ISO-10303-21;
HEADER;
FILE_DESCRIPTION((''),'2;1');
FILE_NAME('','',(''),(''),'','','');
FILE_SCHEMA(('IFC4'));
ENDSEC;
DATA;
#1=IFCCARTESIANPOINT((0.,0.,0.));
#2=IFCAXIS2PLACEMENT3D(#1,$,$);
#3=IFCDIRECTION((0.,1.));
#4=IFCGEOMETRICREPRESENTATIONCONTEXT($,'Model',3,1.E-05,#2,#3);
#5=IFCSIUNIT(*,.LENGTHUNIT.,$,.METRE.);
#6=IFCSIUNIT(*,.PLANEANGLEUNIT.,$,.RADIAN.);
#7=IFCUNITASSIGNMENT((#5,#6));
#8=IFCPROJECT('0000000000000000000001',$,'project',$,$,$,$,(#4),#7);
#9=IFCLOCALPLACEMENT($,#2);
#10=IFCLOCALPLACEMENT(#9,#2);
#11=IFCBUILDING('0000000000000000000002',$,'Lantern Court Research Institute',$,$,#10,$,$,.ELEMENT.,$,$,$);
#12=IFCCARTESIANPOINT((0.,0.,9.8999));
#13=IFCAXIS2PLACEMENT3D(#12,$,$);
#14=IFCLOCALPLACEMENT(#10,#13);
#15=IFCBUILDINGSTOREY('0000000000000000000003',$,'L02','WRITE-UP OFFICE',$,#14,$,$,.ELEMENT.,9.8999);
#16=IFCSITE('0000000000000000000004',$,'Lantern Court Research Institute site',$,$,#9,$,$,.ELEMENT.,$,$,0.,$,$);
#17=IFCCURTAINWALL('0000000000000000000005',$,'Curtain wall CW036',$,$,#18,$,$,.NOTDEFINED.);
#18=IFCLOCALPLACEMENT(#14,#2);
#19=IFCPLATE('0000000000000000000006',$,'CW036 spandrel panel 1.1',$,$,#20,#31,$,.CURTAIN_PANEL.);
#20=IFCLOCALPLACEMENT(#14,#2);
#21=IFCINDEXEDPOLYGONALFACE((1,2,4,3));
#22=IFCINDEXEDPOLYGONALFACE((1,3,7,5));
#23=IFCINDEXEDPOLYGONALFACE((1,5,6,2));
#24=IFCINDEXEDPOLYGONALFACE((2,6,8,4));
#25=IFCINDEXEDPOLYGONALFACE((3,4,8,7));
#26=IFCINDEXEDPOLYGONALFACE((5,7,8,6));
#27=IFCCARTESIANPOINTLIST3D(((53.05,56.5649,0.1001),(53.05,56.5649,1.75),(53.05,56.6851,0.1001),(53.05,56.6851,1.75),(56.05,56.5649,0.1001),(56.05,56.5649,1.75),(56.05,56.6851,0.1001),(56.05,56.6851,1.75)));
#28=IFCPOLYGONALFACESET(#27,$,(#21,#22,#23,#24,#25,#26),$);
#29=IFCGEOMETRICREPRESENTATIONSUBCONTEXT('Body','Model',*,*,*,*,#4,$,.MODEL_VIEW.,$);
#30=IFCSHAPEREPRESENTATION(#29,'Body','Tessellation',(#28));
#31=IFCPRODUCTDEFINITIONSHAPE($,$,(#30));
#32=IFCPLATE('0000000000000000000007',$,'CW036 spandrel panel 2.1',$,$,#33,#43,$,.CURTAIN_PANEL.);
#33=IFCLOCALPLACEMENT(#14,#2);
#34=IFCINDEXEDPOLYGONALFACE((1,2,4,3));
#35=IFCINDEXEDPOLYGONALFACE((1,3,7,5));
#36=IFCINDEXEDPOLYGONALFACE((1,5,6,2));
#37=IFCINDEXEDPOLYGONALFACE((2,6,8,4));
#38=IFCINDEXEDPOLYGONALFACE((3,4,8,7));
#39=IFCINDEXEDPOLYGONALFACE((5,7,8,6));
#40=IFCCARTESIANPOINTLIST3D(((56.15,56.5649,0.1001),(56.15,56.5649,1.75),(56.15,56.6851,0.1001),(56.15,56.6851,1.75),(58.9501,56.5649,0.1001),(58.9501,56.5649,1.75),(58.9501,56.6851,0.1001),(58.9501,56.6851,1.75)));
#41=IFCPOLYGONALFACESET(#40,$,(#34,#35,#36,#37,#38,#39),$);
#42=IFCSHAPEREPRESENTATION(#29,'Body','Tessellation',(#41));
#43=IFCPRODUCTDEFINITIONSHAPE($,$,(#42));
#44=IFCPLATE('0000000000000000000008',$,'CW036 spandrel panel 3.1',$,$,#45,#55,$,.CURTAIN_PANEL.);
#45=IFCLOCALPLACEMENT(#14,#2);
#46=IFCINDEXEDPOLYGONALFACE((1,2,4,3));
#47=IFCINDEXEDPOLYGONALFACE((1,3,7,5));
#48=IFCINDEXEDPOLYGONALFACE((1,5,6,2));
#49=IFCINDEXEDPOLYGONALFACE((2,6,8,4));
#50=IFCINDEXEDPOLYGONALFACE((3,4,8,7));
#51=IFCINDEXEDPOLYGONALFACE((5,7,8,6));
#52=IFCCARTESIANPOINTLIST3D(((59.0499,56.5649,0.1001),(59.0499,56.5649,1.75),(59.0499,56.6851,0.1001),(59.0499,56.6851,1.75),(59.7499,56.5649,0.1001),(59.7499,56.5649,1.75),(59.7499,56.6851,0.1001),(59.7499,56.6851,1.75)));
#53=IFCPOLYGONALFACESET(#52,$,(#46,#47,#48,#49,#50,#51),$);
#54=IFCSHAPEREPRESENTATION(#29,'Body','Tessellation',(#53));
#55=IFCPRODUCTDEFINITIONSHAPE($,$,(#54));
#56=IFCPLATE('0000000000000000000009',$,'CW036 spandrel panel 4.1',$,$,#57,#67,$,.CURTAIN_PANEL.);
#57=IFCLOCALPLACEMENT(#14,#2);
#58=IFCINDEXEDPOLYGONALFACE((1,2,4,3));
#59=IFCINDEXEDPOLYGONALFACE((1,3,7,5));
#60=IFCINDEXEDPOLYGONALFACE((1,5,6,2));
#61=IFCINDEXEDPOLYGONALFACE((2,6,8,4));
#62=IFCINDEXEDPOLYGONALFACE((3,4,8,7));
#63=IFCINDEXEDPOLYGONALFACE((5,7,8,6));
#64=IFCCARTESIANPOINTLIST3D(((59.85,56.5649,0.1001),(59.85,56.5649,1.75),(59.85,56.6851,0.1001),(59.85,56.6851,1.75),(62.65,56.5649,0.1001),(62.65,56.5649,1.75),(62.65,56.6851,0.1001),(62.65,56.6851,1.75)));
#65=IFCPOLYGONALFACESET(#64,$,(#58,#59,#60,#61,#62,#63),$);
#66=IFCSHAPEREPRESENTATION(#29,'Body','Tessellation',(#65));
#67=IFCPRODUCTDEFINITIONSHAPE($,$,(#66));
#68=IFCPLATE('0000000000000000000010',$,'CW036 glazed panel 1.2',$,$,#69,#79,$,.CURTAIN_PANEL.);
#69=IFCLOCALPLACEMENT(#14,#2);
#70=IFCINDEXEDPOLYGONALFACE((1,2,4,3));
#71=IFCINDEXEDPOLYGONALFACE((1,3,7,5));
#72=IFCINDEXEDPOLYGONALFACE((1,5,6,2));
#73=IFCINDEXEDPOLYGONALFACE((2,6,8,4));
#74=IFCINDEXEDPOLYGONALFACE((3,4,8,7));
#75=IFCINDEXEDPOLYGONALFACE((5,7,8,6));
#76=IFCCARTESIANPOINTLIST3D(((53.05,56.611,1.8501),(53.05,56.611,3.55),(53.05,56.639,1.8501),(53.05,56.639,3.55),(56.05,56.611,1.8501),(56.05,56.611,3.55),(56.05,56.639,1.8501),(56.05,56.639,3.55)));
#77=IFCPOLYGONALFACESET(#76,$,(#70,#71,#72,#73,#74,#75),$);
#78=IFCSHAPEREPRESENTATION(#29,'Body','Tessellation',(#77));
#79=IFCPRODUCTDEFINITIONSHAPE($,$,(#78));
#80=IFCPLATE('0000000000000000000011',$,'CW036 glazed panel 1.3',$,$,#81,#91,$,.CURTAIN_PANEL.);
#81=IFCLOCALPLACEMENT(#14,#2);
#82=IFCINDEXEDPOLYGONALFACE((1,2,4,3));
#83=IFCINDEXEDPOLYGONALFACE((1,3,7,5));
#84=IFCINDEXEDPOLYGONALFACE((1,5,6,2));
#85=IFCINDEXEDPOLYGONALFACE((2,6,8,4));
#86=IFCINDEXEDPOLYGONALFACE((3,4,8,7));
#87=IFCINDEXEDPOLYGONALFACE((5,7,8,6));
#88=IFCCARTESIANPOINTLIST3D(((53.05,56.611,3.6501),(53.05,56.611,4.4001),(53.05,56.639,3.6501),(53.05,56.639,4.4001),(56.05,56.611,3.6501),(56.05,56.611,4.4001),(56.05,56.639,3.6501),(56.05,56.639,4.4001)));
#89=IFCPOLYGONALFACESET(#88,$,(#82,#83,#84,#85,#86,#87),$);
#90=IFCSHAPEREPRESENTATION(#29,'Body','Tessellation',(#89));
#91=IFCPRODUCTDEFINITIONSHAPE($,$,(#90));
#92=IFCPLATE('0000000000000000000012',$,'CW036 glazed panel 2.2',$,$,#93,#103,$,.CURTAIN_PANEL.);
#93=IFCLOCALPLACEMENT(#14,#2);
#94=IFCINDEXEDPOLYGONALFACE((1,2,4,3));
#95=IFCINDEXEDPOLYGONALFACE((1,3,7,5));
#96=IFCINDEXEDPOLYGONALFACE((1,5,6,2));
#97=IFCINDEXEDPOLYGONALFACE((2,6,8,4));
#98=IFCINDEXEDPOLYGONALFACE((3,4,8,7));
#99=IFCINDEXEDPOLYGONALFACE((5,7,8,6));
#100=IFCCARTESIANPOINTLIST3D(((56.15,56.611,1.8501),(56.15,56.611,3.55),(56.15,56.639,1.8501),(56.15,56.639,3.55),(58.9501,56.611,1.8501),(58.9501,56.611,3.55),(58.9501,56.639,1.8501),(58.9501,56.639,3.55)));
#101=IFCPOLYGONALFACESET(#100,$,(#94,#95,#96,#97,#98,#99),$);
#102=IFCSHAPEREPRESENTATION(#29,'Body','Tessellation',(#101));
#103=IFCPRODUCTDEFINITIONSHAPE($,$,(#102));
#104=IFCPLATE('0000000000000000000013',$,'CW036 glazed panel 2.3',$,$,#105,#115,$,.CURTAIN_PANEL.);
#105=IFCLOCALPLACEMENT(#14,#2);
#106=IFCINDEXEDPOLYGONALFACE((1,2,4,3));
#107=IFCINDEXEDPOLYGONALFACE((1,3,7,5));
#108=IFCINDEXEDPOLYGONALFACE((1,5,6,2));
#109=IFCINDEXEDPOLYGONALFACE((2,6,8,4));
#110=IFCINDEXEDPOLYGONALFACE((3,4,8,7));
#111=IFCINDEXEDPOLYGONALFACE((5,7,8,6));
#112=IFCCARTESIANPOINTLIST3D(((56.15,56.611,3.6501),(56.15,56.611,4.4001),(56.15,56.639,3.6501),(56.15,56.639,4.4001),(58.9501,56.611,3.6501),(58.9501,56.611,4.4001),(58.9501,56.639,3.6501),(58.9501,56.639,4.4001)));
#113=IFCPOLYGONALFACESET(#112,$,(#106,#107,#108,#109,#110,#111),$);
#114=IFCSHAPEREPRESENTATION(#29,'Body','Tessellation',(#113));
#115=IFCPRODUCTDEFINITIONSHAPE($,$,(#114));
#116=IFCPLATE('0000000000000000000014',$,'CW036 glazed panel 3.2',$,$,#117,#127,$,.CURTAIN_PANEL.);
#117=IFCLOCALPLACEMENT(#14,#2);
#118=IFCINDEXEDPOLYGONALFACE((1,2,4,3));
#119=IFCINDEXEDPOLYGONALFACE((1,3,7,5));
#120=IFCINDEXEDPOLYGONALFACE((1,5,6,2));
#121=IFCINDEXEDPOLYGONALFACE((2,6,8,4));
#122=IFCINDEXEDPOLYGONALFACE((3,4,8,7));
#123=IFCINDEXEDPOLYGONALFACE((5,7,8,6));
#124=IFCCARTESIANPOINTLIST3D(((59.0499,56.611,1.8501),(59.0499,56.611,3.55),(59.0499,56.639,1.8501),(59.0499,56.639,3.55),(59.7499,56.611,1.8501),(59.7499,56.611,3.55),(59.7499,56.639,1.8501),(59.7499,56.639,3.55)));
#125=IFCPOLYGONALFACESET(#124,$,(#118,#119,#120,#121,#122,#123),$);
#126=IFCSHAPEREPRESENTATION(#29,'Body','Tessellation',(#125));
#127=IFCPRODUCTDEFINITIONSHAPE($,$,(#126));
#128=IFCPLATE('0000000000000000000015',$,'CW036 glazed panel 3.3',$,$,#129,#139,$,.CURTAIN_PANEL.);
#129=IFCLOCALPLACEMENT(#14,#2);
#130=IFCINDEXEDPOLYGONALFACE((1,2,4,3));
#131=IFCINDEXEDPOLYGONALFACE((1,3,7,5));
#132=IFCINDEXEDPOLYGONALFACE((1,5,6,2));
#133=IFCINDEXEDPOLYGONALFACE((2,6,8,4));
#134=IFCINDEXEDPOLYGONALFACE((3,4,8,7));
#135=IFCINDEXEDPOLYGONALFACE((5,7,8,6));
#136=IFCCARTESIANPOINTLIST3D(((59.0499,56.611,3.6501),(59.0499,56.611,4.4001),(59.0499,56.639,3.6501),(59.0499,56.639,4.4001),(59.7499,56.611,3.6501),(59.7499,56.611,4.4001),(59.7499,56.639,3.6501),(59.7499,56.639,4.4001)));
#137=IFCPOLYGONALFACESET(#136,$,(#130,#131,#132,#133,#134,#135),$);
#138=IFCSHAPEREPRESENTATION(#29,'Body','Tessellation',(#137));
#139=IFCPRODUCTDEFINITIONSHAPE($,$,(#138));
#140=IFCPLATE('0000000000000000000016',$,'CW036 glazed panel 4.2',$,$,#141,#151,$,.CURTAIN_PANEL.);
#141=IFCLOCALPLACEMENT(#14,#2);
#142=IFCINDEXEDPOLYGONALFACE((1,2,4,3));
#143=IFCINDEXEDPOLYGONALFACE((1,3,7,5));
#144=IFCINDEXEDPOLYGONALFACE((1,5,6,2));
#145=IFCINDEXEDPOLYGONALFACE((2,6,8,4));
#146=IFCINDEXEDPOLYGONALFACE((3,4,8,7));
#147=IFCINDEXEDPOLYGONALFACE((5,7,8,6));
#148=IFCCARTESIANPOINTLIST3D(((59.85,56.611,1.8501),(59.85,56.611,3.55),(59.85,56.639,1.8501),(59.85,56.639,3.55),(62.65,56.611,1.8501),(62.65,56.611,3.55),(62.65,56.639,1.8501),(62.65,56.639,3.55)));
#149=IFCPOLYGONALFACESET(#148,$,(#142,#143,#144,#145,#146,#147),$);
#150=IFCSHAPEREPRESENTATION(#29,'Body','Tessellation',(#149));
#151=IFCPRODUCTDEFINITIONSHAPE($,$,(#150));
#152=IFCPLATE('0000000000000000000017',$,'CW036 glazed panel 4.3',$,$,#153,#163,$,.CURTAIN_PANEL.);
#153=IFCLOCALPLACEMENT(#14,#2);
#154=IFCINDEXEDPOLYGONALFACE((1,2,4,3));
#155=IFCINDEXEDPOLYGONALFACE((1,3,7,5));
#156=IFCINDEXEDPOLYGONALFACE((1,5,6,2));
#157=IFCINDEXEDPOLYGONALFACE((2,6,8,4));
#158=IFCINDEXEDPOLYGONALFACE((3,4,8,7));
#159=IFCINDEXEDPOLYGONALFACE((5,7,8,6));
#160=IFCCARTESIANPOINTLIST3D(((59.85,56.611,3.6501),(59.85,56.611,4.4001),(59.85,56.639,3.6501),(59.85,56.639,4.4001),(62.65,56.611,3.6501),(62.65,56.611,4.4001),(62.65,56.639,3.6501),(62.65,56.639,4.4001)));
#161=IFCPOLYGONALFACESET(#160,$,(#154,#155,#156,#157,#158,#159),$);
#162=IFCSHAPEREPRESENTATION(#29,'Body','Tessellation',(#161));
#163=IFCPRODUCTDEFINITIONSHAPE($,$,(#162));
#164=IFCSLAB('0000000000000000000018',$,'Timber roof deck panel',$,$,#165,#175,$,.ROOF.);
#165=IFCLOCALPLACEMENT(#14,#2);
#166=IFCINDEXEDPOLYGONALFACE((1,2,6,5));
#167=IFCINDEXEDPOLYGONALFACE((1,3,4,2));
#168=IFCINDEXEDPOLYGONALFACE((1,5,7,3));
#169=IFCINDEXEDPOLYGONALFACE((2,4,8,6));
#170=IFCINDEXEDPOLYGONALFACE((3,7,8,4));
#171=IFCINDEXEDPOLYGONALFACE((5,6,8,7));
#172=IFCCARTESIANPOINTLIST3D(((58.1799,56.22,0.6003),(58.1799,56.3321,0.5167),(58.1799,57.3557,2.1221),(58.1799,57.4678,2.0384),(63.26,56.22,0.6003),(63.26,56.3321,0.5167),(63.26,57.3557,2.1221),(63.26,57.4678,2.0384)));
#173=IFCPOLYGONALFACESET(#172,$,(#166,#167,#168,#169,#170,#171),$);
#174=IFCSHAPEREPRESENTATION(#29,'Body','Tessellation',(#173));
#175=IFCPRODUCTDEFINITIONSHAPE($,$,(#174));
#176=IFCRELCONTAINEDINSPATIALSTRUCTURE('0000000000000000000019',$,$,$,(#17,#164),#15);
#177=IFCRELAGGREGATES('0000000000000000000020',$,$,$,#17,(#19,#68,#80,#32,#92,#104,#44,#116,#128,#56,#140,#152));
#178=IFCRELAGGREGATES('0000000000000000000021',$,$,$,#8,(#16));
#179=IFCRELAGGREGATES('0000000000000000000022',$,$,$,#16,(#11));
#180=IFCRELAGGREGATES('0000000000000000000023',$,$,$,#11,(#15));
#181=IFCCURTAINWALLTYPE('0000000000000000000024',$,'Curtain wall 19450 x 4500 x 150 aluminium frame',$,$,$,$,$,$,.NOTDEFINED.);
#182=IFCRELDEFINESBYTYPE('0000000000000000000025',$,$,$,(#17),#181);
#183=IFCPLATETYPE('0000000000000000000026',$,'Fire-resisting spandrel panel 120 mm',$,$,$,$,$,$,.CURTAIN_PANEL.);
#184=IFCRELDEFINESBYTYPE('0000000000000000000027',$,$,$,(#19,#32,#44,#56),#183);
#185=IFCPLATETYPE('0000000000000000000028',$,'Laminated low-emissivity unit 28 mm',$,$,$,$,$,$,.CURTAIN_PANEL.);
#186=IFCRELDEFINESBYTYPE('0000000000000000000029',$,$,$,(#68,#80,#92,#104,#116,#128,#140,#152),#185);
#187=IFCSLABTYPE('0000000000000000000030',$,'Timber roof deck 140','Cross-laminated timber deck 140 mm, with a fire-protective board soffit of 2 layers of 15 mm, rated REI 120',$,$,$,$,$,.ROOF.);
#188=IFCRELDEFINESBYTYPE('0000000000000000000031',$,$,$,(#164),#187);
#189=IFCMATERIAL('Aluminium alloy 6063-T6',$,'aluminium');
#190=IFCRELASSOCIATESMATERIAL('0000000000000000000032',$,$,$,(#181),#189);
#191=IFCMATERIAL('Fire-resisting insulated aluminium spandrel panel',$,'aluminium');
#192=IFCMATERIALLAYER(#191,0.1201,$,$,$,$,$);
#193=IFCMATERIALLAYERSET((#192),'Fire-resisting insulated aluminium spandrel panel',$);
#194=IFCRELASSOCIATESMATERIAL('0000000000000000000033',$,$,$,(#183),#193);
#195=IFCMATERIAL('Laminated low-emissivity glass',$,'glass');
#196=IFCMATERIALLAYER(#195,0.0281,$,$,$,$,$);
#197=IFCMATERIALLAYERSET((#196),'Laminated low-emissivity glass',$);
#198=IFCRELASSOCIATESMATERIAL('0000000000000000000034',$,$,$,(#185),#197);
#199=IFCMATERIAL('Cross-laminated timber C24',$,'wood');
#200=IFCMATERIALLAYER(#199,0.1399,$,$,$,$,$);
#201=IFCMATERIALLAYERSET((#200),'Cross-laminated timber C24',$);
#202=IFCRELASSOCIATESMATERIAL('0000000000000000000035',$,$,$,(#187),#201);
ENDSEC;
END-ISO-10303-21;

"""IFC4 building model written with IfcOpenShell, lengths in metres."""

from ifc_helpers import new_model, si_unit, direction, frame, origin, origin_2d, place, context, subcontext, project, spatial, polyline, rectangle, outline, extrude, material, layer, layer_set, type_object, element, aggregate, save


model = new_model("IFC4")

# Units and contexts
model_context = context("Model", 3, precision=1e-05, world=origin(), true_north=direction((0.0, 1.0)))
body_context = subcontext(model_context, "Body", "Model", "MODEL_VIEW")
ifc_project = project(units=[si_unit("LENGTHUNIT", "METRE"), si_unit("PLANEANGLEUNIT", "RADIAN")], contexts=[model_context])

# Site, building, storey
site_placement = place(None, origin())
site = spatial("IfcSite", under=ifc_project, at=site_placement, Name="Lantern Court Research Institute site", CompositionType="ELEMENT", RefElevation=0.0)
building_placement = place(site_placement, origin())
building = spatial("IfcBuilding", under=site, at=building_placement, Name="Lantern Court Research Institute", CompositionType="ELEMENT")
storey_placement = place(building_placement, frame((0.0, 0.0, 9.8999)))
storey = spatial("IfcBuildingStorey", under=building, at=storey_placement, Name="L02", Description="WRITE-UP OFFICE", CompositionType="ELEMENT", Elevation=9.8999)

# Curtain wall, plates
ifc_material_1 = material(Name="Aluminium alloy 6063-T6", Category="aluminium")
curtain_wall_type = type_object("IfcCurtainWallType", Name="Curtain wall 19450 x 4500 x 150 aluminium frame", PredefinedType="NOTDEFINED", material=ifc_material_1)
curtain_wall_placement = place(storey_placement, origin())
curtain_wall = element("IfcCurtainWall", 1, at=curtain_wall_placement, inside=storey, type_object=curtain_wall_type, Name="Curtain wall CW036", PredefinedType="NOTDEFINED")
ifc_material_2 = material(Name="Fire-resisting insulated aluminium spandrel panel", Category="aluminium")
ifc_layer_1 = layer(ifc_material_2, 0.1201)
ifc_layer_set_1 = layer_set([ifc_layer_1], Name="Fire-resisting insulated aluminium spandrel panel")
plate_type_1 = type_object("IfcPlateType", Name="Fire-resisting spandrel panel 120 mm", PredefinedType="CURTAIN_PANEL", material=ifc_layer_set_1)
plate_1_placement = place(storey_placement, frame((54.55, 56.625, 0.1001), z_axis=(0.0, 0.0, 1.0), x_axis=(1.0, 0.0, 0.0)))
plate_1 = element("IfcPlate", 2, at=plate_1_placement, type_object=plate_type_1, Name="CW036 spandrel panel 1.1", PredefinedType="CURTAIN_PANEL", context=body_context, shape_type="SweptSolid", body=[
    extrude(rectangle(XDim=3.0, YDim=0.1201, at=origin_2d()), origin(), (0.0, 0.0, 1.0), 1.6499),
])
plate_2_placement = place(storey_placement, frame((57.55, 56.625, 0.1001), z_axis=(0.0, 0.0, 1.0), x_axis=(1.0, 0.0, 0.0)))
plate_2 = element("IfcPlate", 3, at=plate_2_placement, type_object=plate_type_1, Name="CW036 spandrel panel 2.1", PredefinedType="CURTAIN_PANEL", context=body_context, shape_type="SweptSolid", body=[
    extrude(rectangle(XDim=2.8, YDim=0.1201, at=origin_2d()), origin(), (0.0, 0.0, 1.0), 1.6499),
])
plate_3_placement = place(storey_placement, frame((59.3999, 56.625, 0.1001), z_axis=(0.0, 0.0, 1.0), x_axis=(1.0, 0.0, 0.0)))
plate_3 = element("IfcPlate", 4, at=plate_3_placement, type_object=plate_type_1, Name="CW036 spandrel panel 3.1", PredefinedType="CURTAIN_PANEL", context=body_context, shape_type="SweptSolid", body=[
    extrude(rectangle(XDim=0.7, YDim=0.1201, at=origin_2d()), origin(), (0.0, 0.0, 1.0), 1.6499),
])
plate_4_placement = place(storey_placement, frame((61.25, 56.625, 0.1001), z_axis=(0.0, 0.0, 1.0), x_axis=(1.0, 0.0, 0.0)))
plate_4 = element("IfcPlate", 5, at=plate_4_placement, type_object=plate_type_1, Name="CW036 spandrel panel 4.1", PredefinedType="CURTAIN_PANEL", context=body_context, shape_type="SweptSolid", body=[
    extrude(rectangle(XDim=2.8, YDim=0.1201, at=origin_2d()), origin(), (0.0, 0.0, 1.0), 1.6499),
])
ifc_material_3 = material(Name="Laminated low-emissivity glass", Category="glass")
ifc_layer_2 = layer(ifc_material_3, 0.0281)
ifc_layer_set_2 = layer_set([ifc_layer_2], Name="Laminated low-emissivity glass")
plate_type_2 = type_object("IfcPlateType", Name="Laminated low-emissivity unit 28 mm", PredefinedType="CURTAIN_PANEL", material=ifc_layer_set_2)
plate_5_placement = place(storey_placement, frame((54.55, 56.625, 1.8501), z_axis=(0.0, 0.0, 1.0), x_axis=(1.0, 0.0, 0.0)))
plate_5 = element("IfcPlate", 6, at=plate_5_placement, type_object=plate_type_2, Name="CW036 glazed panel 1.2", PredefinedType="CURTAIN_PANEL", context=body_context, shape_type="SweptSolid", body=[
    extrude(rectangle(XDim=3.0, YDim=0.0281, at=origin_2d()), origin(), (0.0, 0.0, 1.0), 1.7),
])
plate_6_placement = place(storey_placement, frame((54.55, 56.625, 3.6501), z_axis=(0.0, 0.0, 1.0), x_axis=(1.0, 0.0, 0.0)))
plate_6 = element("IfcPlate", 7, at=plate_6_placement, type_object=plate_type_2, Name="CW036 glazed panel 1.3", PredefinedType="CURTAIN_PANEL", context=body_context, shape_type="SweptSolid", body=[
    extrude(rectangle(XDim=3.0, YDim=0.0281, at=origin_2d()), origin(), (0.0, 0.0, 1.0), 0.75),
])
plate_7_placement = place(storey_placement, frame((57.55, 56.625, 1.8501), z_axis=(0.0, 0.0, 1.0), x_axis=(1.0, 0.0, 0.0)))
plate_7 = element("IfcPlate", 8, at=plate_7_placement, type_object=plate_type_2, Name="CW036 glazed panel 2.2", PredefinedType="CURTAIN_PANEL", context=body_context, shape_type="SweptSolid", body=[
    extrude(rectangle(XDim=2.8, YDim=0.0281, at=origin_2d()), origin(), (0.0, 0.0, 1.0), 1.7),
])
plate_8_placement = place(storey_placement, frame((57.55, 56.625, 3.6501), z_axis=(0.0, 0.0, 1.0), x_axis=(1.0, 0.0, 0.0)))
plate_8 = element("IfcPlate", 9, at=plate_8_placement, type_object=plate_type_2, Name="CW036 glazed panel 2.3", PredefinedType="CURTAIN_PANEL", context=body_context, shape_type="SweptSolid", body=[
    extrude(rectangle(XDim=2.8, YDim=0.0281, at=origin_2d()), origin(), (0.0, 0.0, 1.0), 0.75),
])
plate_9_placement = place(storey_placement, frame((59.3999, 56.625, 1.8501), z_axis=(0.0, 0.0, 1.0), x_axis=(1.0, 0.0, 0.0)))
plate_9 = element("IfcPlate", 10, at=plate_9_placement, type_object=plate_type_2, Name="CW036 glazed panel 3.2", PredefinedType="CURTAIN_PANEL", context=body_context, shape_type="SweptSolid", body=[
    extrude(rectangle(XDim=0.7, YDim=0.0281, at=origin_2d()), origin(), (0.0, 0.0, 1.0), 1.7),
])
plate_10_placement = place(storey_placement, frame((59.3999, 56.625, 3.6501), z_axis=(0.0, 0.0, 1.0), x_axis=(1.0, 0.0, 0.0)))
plate_10 = element("IfcPlate", 11, at=plate_10_placement, type_object=plate_type_2, Name="CW036 glazed panel 3.3", PredefinedType="CURTAIN_PANEL", context=body_context, shape_type="SweptSolid", body=[
    extrude(rectangle(XDim=0.7, YDim=0.0281, at=origin_2d()), origin(), (0.0, 0.0, 1.0), 0.75),
])
plate_11_placement = place(storey_placement, frame((61.25, 56.625, 1.8501), z_axis=(0.0, 0.0, 1.0), x_axis=(1.0, 0.0, 0.0)))
plate_11 = element("IfcPlate", 12, at=plate_11_placement, type_object=plate_type_2, Name="CW036 glazed panel 4.2", PredefinedType="CURTAIN_PANEL", context=body_context, shape_type="SweptSolid", body=[
    extrude(rectangle(XDim=2.8, YDim=0.0281, at=origin_2d()), origin(), (0.0, 0.0, 1.0), 1.7),
])
plate_12_placement = place(storey_placement, frame((61.25, 56.625, 3.6501), z_axis=(0.0, 0.0, 1.0), x_axis=(1.0, 0.0, 0.0)))
plate_12 = element("IfcPlate", 13, at=plate_12_placement, type_object=plate_type_2, Name="CW036 glazed panel 4.3", PredefinedType="CURTAIN_PANEL", context=body_context, shape_type="SweptSolid", body=[
    extrude(rectangle(XDim=2.8, YDim=0.0281, at=origin_2d()), origin(), (0.0, 0.0, 1.0), 0.75),
])
aggregate(curtain_wall, [plate_1, plate_5, plate_6, plate_2, plate_7, plate_8, plate_3, plate_9, plate_10, plate_4, plate_11, plate_12])

# Slab
ifc_material_4 = material(Name="Cross-laminated timber C24", Category="wood")
ifc_layer_3 = layer(ifc_material_4, 0.1399)
ifc_layer_set_3 = layer_set([ifc_layer_3], Name="Cross-laminated timber C24")
slab_type = type_object("IfcSlabType", Name="Timber roof deck 140", Description="Cross-laminated timber deck 140 mm, with a fire-protective board soffit of 2 layers of 15 mm, rated REI 120", PredefinedType="ROOF", material=ifc_layer_set_3)
slab_placement = place(storey_placement, frame((58.1799, 56.22, 0.6003), z_axis=(0.0, -0.801402, 0.598126), x_axis=(1.0, 0.0, 0.0)))
element("IfcSlab", 14, at=slab_placement, inside=storey, type_object=slab_type, Name="Timber roof deck panel", PredefinedType="ROOF", context=body_context, shape_type="SweptSolid", body=[
    extrude(outline(polyline([(0.0, 0.0), (5.0801, 0.0), (5.0801, 1.8988), (0.0, 1.8988), (0.0, 0.0)])), origin(), (0.0, 0.0, -1.0), 0.1399),
])

save(model, "model.ifc")
